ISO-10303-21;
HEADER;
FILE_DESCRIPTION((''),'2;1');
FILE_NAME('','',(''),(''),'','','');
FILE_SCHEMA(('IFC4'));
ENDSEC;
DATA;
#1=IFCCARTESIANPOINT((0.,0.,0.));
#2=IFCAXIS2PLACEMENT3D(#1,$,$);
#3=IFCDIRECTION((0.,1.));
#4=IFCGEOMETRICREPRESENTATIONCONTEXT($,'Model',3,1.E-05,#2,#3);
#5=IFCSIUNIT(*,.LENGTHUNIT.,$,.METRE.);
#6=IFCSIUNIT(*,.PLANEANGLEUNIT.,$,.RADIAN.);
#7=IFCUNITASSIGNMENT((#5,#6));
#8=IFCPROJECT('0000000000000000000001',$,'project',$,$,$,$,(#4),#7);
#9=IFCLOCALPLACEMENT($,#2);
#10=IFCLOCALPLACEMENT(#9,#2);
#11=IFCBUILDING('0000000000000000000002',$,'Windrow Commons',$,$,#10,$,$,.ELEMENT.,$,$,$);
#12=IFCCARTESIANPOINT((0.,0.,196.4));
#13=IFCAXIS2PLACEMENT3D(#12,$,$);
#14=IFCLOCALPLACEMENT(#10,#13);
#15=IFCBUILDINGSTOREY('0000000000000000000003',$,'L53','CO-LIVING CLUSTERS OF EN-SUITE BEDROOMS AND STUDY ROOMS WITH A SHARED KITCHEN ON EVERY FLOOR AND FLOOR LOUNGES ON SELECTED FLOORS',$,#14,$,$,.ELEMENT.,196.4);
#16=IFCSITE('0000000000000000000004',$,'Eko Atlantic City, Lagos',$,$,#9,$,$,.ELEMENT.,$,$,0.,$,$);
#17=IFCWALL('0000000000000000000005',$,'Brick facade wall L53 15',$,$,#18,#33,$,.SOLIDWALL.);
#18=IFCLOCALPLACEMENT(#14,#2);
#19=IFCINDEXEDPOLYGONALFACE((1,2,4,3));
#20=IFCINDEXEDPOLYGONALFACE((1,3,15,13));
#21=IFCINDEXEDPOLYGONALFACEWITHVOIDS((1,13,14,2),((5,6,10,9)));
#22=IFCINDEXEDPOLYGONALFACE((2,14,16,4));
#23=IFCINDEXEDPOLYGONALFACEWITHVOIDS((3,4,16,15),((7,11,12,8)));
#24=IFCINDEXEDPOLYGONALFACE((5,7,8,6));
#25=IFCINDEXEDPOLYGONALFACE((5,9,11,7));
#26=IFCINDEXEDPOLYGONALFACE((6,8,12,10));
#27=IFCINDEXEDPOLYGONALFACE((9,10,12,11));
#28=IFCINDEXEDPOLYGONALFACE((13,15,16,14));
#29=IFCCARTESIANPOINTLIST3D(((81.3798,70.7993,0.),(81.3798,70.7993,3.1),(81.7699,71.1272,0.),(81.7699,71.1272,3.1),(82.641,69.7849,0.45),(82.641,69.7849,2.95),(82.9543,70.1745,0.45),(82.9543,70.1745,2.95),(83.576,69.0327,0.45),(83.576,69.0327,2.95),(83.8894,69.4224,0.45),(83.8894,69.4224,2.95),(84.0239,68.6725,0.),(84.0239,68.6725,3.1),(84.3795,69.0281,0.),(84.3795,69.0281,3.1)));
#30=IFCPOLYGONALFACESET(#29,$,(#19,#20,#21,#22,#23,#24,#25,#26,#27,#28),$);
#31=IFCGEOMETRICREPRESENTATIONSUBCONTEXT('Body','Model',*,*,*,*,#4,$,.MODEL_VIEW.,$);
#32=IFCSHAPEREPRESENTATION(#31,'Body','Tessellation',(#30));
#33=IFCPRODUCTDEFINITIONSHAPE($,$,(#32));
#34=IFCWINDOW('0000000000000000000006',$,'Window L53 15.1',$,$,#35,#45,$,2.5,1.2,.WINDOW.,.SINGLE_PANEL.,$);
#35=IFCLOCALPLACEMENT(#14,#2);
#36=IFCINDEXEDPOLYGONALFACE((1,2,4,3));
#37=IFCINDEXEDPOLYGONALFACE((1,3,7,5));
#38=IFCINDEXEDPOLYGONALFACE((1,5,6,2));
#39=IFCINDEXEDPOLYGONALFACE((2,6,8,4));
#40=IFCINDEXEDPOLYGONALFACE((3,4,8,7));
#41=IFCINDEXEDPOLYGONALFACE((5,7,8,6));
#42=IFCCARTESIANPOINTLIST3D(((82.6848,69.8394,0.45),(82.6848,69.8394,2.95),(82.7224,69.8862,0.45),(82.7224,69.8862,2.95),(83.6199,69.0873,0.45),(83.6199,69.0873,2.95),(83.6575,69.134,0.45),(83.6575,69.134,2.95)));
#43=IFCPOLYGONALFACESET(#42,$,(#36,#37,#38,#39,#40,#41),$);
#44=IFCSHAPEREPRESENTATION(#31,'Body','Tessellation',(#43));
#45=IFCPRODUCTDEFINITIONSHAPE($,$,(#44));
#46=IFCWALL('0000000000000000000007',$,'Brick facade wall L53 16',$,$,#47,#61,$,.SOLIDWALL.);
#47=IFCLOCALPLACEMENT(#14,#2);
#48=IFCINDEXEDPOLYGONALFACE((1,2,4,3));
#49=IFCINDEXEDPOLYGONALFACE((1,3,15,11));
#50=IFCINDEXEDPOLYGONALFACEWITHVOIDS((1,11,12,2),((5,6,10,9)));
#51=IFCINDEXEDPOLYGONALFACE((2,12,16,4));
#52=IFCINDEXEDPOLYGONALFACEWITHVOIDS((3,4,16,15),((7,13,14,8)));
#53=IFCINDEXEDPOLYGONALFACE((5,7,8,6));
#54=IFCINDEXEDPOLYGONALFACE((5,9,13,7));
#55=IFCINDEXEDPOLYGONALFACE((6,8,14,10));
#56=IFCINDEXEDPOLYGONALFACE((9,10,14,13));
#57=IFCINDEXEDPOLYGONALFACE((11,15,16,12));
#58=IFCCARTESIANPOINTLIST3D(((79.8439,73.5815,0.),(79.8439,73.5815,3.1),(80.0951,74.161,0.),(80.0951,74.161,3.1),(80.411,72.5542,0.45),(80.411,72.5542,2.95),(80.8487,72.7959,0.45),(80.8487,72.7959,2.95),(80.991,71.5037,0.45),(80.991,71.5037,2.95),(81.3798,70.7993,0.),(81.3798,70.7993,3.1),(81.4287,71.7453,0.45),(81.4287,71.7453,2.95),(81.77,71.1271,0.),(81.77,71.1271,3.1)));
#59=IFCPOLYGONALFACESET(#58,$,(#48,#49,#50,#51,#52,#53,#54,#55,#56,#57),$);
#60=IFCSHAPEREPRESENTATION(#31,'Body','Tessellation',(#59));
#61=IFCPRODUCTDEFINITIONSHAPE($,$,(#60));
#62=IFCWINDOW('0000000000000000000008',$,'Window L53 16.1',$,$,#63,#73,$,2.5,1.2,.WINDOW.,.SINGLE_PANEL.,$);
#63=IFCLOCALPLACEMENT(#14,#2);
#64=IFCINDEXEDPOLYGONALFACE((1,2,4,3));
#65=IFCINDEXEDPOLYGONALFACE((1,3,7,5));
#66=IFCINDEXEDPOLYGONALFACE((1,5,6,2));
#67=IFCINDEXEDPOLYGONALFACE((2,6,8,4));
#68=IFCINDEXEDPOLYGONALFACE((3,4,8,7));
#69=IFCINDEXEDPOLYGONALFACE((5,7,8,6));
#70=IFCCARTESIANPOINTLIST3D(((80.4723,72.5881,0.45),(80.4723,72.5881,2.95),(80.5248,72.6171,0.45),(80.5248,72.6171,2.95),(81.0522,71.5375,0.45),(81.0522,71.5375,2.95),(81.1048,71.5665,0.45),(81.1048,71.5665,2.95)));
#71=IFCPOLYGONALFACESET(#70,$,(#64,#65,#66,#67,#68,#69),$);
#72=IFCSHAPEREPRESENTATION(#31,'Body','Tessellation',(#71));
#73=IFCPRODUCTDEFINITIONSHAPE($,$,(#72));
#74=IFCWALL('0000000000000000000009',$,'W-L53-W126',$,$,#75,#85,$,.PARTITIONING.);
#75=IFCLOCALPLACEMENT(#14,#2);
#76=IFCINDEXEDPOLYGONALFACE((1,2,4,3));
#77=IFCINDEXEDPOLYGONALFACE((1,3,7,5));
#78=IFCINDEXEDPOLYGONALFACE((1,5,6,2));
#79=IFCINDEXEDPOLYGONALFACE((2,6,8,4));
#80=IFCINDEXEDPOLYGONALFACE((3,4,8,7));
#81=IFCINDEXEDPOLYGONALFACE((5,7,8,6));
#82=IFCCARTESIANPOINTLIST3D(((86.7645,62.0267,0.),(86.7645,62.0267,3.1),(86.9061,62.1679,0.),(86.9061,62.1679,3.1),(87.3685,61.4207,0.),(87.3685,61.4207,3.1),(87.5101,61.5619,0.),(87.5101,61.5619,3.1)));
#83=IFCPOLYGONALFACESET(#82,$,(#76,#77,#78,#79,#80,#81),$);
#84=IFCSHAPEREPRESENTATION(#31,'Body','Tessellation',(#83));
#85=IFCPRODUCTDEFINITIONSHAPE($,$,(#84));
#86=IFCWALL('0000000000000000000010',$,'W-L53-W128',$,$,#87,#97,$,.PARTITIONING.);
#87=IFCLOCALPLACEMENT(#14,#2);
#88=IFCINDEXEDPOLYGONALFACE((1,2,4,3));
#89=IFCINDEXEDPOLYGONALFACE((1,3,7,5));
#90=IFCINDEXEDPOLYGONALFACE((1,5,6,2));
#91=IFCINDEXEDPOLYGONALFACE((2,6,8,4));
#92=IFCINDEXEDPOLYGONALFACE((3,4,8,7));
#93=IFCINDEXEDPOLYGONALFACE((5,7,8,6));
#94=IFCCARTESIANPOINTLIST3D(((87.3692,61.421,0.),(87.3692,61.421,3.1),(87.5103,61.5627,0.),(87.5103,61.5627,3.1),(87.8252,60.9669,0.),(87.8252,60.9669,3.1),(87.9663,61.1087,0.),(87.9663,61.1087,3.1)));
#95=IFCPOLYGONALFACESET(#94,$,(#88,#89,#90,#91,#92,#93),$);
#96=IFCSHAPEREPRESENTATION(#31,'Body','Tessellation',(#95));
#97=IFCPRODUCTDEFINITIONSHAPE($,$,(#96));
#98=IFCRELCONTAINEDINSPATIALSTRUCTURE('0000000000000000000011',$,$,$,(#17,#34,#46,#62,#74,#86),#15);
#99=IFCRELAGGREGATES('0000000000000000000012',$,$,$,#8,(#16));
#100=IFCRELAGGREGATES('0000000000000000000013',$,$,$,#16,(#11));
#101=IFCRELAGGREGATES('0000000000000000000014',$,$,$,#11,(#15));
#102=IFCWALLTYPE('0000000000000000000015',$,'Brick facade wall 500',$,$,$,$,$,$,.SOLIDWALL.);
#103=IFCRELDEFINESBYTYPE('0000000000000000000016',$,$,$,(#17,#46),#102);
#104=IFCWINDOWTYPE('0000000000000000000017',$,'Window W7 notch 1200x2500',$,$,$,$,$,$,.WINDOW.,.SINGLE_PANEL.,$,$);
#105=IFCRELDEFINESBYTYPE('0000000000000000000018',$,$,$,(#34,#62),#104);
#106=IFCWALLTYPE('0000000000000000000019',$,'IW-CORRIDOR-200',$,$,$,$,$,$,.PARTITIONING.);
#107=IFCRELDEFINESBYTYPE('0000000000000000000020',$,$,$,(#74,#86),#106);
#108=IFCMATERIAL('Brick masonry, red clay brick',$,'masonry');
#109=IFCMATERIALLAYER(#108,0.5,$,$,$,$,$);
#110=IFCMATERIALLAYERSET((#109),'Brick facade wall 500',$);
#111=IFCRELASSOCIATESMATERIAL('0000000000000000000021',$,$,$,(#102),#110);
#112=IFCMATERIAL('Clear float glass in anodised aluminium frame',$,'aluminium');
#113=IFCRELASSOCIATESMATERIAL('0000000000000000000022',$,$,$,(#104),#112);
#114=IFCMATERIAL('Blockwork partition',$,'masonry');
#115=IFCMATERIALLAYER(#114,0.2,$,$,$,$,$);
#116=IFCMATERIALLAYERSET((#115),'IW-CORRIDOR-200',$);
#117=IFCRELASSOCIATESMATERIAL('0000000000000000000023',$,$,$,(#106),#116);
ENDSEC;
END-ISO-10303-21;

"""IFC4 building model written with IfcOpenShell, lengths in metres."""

from ifc_helpers import new_model, si_unit, direction, frame, frame_2d, origin, place, context, subcontext, project, spatial, polyline, rectangle, outline, extrude, material, layer, layer_set, type_object, element, fill, save


model = new_model("IFC4")

# Units and contexts
model_context = context("Model", 3, precision=1e-05, world=origin(), true_north=direction((0.0, 1.0)))
body_context = subcontext(model_context, "Body", "Model", "MODEL_VIEW")
ifc_project = project(units=[si_unit("LENGTHUNIT", "METRE"), si_unit("PLANEANGLEUNIT", "RADIAN")], contexts=[model_context])

# Site, building, storey
site_placement = place(None, origin())
site = spatial("IfcSite", under=ifc_project, at=site_placement, Name="Eko Atlantic City, Lagos", CompositionType="ELEMENT", RefElevation=0.0)
building_placement = place(site_placement, origin())
building = spatial("IfcBuilding", under=site, at=building_placement, Name="Windrow Commons", CompositionType="ELEMENT")
storey_placement = place(building_placement, frame((0.0, 0.0, 196.4)))
storey = spatial("IfcBuildingStorey", under=building, at=storey_placement, Name="L53", Description="CO-LIVING CLUSTERS OF EN-SUITE BEDROOMS AND STUDY ROOMS WITH A SHARED KITCHEN ON EVERY FLOOR AND FLOOR LOUNGES ON SELECTED FLOORS", CompositionType="ELEMENT", Elevation=196.4)

# Shared definitions
ifc_material_1 = material(Name="Brick masonry, red clay brick", Category="masonry")
ifc_layer_1 = layer(ifc_material_1, 0.5)
ifc_layer_set_1 = layer_set([ifc_layer_1], Name="Brick facade wall 500")
wall_type_1 = type_object("IfcWallType", Name="Brick facade wall 500", PredefinedType="SOLIDWALL", material=ifc_layer_set_1)
ifc_material_2 = material(Name="Clear float glass in anodised aluminium frame", Category="aluminium")
window_type = type_object("IfcWindowType", Name="Window W7 notch 1200x2500", PartitioningType="SINGLE_PANEL", PredefinedType="WINDOW", material=ifc_material_2)

# Walls, openings, windows
wall_1_placement = place(storey_placement, frame((84.2017, 68.8503, 0.0), z_axis=(0.0, 0.0, 1.0), x_axis=(-0.779208, 0.626766, 0.0)))
wall_1 = element("IfcWall", 1, at=wall_1_placement, inside=storey, type_object=wall_type_1, Name="Brick facade wall L53 15", PredefinedType="SOLIDWALL", context=body_context, shape_type="SweptSolid", body=[
    extrude(outline(polyline([(-0.0271, -0.25), (3.3219, -0.25), (3.4204, 0.25), (0.0271, 0.25), (-0.0271, -0.25)])), origin(), (0.0, 0.0, 1.0), 3.1),
])
opening_1_placement = place(wall_1_placement, frame((0.6019, 0.0, 0.45)))
opening_1 = element("IfcOpeningElement", 2, at=opening_1_placement, cuts=wall_1, PredefinedType="OPENING", context=body_context, shape_type="SweptSolid", body=[
    extrude(rectangle(XDim=1.2, YDim=2.5, at=frame_2d((0.6, 1.25))), frame((0.0, 0.26, 0.0), z_axis=(0.0, -1.0, 0.0), x_axis=(1.0, 0.0, 0.0)), (0.0, 0.0, 1.0), 0.52),
])
window_1_placement = place(opening_1_placement, origin())
window_1 = element("IfcWindow", 3, at=window_1_placement, inside=storey, type_object=window_type, Name="Window L53 15.1", OverallHeight=2.5, OverallWidth=1.2, PartitioningType="SINGLE_PANEL", PredefinedType="WINDOW", context=body_context, shape_type="SweptSolid", body=[
    extrude(rectangle(XDim=1.2, YDim=2.5, at=frame_2d((0.6, 1.25))), frame((0.0, 0.18, 0.0), z_axis=(0.0, -1.0, 0.0), x_axis=(1.0, 0.0, 0.0)), (0.0, 0.0, 1.0), 0.06),
])
fill(opening_1, window_1)
wall_2_placement = place(storey_placement, frame((81.5749, 70.9632, 0.0), z_axis=(0.0, 0.0, 1.0), x_axis=(-0.483292, 0.875459, 0.0)))
wall_2 = element("IfcWall", 4, at=wall_2_placement, inside=storey, type_object=wall_type_1, Name="Brick facade wall L53 16", PredefinedType="SOLIDWALL", context=body_context, shape_type="SweptSolid", body=[
    extrude(outline(polyline([(0.0492, -0.25), (3.5147, -0.25), (3.1288, 0.25), (-0.0492, 0.25), (0.0492, -0.25)])), origin(), (0.0, 0.0, 1.0), 3.1),
])
opening_2_placement = place(wall_2_placement, frame((0.7554, 0.0, 0.45)))
opening_2 = element("IfcOpeningElement", 5, at=opening_2_placement, cuts=wall_2, PredefinedType="OPENING", context=body_context, shape_type="SweptSolid", body=[
    extrude(rectangle(XDim=1.2, YDim=2.5, at=frame_2d((0.6, 1.25))), frame((0.0, 0.26, 0.0), z_axis=(0.0, -1.0, 0.0), x_axis=(1.0, 0.0, 0.0)), (0.0, 0.0, 1.0), 0.52),
])
window_2_placement = place(opening_2_placement, origin())
window_2 = element("IfcWindow", 6, at=window_2_placement, inside=storey, type_object=window_type, Name="Window L53 16.1", OverallHeight=2.5, OverallWidth=1.2, PartitioningType="SINGLE_PANEL", PredefinedType="WINDOW", context=body_context, shape_type="SweptSolid", body=[
    extrude(rectangle(XDim=1.2, YDim=2.5, at=frame_2d((0.6, 1.25))), frame((0.0, 0.18, 0.0), z_axis=(0.0, -1.0, 0.0), x_axis=(1.0, 0.0, 0.0)), (0.0, 0.0, 1.0), 0.06),
])
fill(opening_2, window_2)

# Walls
ifc_material_3 = material(Name="Blockwork partition", Category="masonry")
ifc_layer_2 = layer(ifc_material_3, 0.2)
ifc_layer_set_2 = layer_set([ifc_layer_2], Name="IW-CORRIDOR-200")
wall_type_2 = type_object("IfcWallType", Name="IW-CORRIDOR-200", PredefinedType="PARTITIONING", material=ifc_layer_set_2)
wall_3_placement = place(storey_placement, frame((86.8353, 62.0973, 0.0), z_axis=(0.0, 0.0, 1.0), x_axis=(0.705937, -0.708275, 0.0)))
element("IfcWall", 7, at=wall_3_placement, inside=storey, type_object=wall_type_2, Name="W-L53-W126", PredefinedType="PARTITIONING", context=body_context, shape_type="SweptSolid", body=[
    extrude(rectangle(XDim=0.8556, YDim=0.2, at=frame_2d((0.4278, 0.0))), origin(), (0.0, 0.0, 1.0), 3.1),
])
wall_4_placement = place(storey_placement, frame((87.4398, 61.4918, 0.0), z_axis=(0.0, 0.0, 1.0), x_axis=(0.708659, -0.705551, 0.0)))
element("IfcWall", 8, at=wall_4_placement, inside=storey, type_object=wall_type_2, Name="W-L53-W128", PredefinedType="PARTITIONING", context=body_context, shape_type="SweptSolid", body=[
    extrude(rectangle(XDim=0.6435, YDim=0.2, at=frame_2d((0.3217, 0.0))), origin(), (0.0, 0.0, 1.0), 3.1),
])

save(model, "model.ifc")
